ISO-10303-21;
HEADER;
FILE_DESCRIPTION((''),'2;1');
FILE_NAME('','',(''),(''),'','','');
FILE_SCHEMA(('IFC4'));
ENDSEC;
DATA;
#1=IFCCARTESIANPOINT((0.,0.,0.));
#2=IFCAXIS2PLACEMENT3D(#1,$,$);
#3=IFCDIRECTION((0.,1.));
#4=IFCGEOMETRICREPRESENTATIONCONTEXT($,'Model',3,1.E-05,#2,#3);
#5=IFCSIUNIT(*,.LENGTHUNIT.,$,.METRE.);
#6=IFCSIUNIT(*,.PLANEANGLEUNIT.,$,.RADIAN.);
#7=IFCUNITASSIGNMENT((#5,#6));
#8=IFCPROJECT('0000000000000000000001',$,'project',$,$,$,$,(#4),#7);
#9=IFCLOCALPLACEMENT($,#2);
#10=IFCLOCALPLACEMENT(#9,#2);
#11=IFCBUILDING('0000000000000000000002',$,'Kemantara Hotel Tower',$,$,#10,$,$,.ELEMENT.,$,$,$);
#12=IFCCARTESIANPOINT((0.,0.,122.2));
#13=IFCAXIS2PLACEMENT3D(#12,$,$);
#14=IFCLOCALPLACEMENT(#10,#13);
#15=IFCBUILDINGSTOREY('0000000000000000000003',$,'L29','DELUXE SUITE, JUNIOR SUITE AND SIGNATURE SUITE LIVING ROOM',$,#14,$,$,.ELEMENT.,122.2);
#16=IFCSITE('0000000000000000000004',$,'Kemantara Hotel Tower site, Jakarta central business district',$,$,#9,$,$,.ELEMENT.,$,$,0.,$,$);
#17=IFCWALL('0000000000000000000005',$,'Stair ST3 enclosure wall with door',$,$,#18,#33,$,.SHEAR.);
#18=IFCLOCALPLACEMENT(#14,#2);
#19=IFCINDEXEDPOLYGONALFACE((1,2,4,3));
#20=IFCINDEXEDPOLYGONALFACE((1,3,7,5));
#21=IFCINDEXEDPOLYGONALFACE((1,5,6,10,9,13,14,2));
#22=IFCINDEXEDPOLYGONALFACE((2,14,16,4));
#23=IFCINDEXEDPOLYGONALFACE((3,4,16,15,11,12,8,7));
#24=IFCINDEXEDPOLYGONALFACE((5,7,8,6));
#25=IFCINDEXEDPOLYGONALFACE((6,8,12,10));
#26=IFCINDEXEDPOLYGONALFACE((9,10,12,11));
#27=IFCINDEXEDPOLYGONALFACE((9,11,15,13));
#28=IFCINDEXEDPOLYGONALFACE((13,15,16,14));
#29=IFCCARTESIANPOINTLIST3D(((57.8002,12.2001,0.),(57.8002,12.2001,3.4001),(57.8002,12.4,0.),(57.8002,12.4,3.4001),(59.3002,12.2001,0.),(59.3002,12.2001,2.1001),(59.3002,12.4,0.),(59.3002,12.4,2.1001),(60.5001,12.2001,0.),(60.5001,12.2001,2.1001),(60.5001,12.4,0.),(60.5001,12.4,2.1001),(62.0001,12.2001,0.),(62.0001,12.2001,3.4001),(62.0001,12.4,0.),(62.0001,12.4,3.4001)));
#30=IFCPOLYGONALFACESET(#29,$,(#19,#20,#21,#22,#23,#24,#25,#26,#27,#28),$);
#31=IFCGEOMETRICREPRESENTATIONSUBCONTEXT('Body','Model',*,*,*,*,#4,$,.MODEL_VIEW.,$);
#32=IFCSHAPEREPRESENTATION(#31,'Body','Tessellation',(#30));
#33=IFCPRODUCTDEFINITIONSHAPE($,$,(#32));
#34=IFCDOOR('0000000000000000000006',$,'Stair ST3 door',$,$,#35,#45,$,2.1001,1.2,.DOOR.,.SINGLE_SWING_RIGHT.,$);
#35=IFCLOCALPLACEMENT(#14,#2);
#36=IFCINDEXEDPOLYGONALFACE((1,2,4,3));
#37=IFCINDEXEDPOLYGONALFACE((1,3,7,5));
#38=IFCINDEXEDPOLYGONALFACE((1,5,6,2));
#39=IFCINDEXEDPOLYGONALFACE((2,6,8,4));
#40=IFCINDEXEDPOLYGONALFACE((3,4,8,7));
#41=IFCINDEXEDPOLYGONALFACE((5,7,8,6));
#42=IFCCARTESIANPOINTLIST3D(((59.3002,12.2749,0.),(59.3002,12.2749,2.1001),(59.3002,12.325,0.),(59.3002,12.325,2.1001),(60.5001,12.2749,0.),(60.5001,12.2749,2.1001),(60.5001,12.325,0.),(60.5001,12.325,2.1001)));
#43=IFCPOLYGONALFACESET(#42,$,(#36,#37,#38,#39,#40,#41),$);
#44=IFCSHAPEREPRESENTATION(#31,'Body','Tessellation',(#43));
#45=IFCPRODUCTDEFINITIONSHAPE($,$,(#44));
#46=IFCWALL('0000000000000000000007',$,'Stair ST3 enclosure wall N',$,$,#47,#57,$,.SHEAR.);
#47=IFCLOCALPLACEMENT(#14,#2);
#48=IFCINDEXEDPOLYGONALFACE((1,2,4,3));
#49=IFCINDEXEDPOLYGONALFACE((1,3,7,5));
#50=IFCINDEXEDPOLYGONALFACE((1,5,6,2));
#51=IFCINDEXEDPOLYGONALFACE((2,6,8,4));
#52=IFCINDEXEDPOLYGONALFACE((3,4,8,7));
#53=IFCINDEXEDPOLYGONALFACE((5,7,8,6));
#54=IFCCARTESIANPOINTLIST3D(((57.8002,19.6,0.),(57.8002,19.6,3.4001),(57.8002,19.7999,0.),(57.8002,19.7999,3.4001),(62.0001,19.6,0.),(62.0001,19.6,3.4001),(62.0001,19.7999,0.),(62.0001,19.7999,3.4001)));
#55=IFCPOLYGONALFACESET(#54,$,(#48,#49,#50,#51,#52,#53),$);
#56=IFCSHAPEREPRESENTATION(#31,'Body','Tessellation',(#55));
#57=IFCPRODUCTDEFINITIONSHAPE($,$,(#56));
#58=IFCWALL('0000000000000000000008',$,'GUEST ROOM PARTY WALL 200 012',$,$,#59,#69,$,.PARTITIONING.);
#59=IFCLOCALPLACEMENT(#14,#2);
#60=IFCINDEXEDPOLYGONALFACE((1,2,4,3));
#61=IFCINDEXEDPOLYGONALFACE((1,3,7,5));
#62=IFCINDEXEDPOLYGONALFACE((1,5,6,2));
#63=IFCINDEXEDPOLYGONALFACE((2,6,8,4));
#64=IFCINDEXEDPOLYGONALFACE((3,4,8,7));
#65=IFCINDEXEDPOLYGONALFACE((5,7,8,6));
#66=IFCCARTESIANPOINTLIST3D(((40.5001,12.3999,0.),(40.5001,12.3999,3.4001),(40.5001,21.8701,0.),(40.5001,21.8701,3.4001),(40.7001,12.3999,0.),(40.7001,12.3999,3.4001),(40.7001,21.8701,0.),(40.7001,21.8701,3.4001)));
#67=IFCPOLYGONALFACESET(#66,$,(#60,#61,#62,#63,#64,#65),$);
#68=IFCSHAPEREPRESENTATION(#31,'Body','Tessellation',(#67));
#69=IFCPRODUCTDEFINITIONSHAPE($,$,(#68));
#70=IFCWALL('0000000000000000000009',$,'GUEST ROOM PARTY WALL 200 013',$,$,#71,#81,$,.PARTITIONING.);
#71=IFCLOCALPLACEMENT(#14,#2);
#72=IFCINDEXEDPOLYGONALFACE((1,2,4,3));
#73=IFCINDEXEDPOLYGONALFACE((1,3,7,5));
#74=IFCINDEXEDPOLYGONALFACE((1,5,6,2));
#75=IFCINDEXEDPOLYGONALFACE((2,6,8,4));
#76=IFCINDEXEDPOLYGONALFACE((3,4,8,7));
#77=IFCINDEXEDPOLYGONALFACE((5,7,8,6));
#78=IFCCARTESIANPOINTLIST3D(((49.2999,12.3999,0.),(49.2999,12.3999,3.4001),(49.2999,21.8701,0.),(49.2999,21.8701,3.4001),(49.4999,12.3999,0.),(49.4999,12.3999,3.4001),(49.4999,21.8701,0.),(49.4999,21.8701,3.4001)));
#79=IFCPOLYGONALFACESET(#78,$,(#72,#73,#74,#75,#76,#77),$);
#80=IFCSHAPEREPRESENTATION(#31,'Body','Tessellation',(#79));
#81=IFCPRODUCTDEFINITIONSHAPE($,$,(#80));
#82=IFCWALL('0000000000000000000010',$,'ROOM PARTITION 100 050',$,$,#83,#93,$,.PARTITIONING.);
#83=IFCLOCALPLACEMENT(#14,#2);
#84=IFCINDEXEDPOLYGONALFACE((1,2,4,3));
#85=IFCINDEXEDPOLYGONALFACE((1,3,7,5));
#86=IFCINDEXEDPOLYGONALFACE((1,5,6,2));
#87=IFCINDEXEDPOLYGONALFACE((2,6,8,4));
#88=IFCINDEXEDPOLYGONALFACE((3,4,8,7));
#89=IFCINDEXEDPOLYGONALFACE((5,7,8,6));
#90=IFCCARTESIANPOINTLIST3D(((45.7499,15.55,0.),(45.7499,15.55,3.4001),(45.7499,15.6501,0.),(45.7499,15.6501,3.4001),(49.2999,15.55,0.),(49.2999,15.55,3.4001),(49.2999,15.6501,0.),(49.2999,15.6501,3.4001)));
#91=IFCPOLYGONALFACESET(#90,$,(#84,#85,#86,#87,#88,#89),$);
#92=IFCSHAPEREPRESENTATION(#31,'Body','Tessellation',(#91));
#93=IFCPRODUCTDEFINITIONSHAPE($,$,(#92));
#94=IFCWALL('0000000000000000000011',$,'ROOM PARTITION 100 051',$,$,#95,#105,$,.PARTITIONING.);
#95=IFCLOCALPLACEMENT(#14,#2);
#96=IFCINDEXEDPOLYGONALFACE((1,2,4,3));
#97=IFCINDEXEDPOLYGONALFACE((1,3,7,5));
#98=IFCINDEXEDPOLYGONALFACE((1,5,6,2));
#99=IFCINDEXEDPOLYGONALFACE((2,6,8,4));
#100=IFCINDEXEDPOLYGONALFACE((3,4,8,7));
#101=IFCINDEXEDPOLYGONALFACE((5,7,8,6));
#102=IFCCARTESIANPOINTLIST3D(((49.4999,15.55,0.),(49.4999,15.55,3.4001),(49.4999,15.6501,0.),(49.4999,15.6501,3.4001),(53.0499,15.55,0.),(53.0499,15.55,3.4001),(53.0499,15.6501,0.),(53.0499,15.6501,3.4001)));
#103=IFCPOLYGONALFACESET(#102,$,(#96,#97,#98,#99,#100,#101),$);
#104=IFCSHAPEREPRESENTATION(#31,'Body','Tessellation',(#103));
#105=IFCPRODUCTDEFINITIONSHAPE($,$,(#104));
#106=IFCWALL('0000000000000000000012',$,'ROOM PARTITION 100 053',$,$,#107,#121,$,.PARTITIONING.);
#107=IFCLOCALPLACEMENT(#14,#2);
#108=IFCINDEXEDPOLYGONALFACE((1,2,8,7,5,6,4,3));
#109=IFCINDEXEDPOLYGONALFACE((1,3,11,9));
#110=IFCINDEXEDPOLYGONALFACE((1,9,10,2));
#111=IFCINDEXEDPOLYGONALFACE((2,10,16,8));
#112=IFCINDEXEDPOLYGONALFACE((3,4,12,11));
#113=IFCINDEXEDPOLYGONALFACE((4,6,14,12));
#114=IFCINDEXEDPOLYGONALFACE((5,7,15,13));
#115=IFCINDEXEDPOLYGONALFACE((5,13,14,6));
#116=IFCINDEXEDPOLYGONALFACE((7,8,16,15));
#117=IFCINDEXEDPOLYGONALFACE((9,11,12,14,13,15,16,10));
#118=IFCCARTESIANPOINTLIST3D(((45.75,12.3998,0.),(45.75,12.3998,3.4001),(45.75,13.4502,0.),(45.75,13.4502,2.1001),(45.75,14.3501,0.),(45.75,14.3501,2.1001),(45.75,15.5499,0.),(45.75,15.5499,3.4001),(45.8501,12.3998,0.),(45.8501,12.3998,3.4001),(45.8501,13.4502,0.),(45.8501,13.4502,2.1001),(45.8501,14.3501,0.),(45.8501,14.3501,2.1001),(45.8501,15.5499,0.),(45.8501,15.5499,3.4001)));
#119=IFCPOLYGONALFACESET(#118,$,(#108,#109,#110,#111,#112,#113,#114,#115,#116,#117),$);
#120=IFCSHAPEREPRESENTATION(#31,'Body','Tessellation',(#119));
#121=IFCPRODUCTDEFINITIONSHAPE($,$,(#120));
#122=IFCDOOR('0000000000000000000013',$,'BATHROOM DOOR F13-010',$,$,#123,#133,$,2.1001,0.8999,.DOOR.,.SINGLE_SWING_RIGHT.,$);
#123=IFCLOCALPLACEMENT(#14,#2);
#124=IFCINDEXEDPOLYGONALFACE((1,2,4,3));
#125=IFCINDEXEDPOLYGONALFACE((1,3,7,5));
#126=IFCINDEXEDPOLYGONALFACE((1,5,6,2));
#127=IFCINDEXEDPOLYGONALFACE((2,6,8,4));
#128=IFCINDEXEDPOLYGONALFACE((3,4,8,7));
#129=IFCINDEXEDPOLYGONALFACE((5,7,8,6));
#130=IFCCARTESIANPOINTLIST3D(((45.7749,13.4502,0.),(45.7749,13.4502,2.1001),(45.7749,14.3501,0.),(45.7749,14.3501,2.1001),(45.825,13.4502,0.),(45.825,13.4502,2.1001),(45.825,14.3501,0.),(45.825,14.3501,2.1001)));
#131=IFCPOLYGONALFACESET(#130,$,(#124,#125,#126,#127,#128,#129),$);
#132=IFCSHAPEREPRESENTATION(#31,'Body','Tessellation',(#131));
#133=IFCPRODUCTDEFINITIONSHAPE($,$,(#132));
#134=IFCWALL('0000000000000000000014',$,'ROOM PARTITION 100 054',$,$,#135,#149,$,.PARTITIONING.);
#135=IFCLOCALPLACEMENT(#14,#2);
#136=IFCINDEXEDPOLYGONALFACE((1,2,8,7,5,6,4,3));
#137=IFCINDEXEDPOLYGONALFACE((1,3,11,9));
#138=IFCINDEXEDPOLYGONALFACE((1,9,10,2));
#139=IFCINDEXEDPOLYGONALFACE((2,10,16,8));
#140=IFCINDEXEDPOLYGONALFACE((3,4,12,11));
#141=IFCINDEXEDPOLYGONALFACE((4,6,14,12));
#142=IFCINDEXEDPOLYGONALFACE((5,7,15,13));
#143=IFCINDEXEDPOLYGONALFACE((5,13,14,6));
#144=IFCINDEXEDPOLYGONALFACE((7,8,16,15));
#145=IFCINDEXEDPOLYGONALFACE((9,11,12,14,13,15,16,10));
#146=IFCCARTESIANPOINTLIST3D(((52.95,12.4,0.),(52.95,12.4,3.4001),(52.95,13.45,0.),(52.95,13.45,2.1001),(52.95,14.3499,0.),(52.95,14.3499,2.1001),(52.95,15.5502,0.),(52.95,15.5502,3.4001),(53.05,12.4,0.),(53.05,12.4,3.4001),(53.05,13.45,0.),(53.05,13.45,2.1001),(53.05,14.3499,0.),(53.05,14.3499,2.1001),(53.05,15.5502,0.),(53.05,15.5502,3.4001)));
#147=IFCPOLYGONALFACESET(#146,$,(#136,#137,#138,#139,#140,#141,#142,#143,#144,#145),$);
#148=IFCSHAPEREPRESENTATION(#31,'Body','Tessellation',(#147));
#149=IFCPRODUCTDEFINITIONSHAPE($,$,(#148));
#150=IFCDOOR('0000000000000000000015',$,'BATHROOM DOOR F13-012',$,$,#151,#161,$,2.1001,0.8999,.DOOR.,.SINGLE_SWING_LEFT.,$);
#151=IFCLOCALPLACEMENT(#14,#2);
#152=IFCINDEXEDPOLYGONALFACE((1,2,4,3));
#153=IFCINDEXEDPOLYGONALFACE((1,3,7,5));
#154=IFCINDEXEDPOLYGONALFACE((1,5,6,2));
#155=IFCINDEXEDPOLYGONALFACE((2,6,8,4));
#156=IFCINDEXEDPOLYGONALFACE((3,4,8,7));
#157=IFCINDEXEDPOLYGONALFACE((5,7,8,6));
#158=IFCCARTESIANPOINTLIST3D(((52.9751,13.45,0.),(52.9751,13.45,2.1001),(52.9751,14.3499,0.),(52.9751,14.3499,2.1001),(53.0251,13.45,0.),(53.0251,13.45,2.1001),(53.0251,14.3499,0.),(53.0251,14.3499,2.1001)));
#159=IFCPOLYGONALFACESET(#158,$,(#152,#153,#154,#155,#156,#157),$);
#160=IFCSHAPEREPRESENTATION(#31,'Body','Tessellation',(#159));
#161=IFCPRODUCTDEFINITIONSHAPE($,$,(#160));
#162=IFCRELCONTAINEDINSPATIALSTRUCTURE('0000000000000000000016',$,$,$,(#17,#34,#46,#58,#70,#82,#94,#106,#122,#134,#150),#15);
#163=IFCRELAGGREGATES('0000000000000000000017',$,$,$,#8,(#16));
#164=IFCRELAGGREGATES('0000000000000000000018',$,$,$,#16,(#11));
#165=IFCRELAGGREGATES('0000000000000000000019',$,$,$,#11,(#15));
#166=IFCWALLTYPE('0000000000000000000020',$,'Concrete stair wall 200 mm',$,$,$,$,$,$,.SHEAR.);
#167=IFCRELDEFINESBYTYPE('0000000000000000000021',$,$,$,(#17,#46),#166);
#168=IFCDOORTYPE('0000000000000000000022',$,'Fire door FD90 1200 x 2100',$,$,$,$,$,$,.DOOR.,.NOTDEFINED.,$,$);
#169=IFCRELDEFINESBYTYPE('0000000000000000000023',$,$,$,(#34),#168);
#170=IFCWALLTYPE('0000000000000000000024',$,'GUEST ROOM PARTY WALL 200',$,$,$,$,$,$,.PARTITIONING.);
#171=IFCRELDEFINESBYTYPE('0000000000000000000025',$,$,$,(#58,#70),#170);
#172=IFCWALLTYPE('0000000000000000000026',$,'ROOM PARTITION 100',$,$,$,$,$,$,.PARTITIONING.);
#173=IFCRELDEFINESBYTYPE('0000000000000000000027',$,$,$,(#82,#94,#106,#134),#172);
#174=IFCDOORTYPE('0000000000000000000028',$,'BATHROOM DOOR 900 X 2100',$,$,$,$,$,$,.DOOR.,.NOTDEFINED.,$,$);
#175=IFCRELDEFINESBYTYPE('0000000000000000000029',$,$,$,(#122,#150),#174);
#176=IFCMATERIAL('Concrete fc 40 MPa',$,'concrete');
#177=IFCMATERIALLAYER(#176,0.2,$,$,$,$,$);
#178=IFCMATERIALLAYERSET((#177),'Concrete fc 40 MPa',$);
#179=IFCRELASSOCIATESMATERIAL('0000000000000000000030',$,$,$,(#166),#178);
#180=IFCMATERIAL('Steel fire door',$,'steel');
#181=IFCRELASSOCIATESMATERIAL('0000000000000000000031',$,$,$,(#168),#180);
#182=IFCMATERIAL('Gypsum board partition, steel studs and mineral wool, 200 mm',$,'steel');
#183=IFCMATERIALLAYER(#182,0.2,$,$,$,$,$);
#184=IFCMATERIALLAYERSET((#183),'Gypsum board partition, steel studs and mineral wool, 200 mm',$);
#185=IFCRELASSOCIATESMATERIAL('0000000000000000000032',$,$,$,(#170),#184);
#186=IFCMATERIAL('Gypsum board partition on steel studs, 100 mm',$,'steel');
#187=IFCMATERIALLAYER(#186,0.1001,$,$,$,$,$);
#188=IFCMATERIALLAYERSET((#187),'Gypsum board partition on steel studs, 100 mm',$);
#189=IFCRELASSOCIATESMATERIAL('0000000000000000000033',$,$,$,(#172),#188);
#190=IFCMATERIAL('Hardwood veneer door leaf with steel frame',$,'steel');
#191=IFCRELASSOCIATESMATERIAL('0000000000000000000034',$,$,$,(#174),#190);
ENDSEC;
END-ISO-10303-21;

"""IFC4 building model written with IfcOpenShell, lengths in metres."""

from ifc_helpers import new_model, si_unit, direction, frame, frame_2d, origin, place, context, subcontext, project, spatial, rectangle, extrude, material, layer, layer_set, type_object, element, fill, save


model = new_model("IFC4")

# Units and contexts
model_context = context("Model", 3, precision=1e-05, world=origin(), true_north=direction((0.0, 1.0)))
body_context = subcontext(model_context, "Body", "Model", "MODEL_VIEW")
ifc_project = project(units=[si_unit("LENGTHUNIT", "METRE"), si_unit("PLANEANGLEUNIT", "RADIAN")], contexts=[model_context])

# Site, building, storey
site_placement = place(None, origin())
site = spatial("IfcSite", under=ifc_project, at=site_placement, Name="Kemantara Hotel Tower site, Jakarta central business district", CompositionType="ELEMENT", RefElevation=0.0)
building_placement = place(site_placement, origin())
building = spatial("IfcBuilding", under=site, at=building_placement, Name="Kemantara Hotel Tower", CompositionType="ELEMENT")
storey_placement = place(building_placement, frame((0.0, 0.0, 122.2)))
storey = spatial("IfcBuildingStorey", under=building, at=storey_placement, Name="L29", Description="DELUXE SUITE, JUNIOR SUITE AND SIGNATURE SUITE LIVING ROOM", CompositionType="ELEMENT", Elevation=122.2)

# Wall, opening, door
ifc_material_1 = material(Name="Gypsum board partition, steel studs and mineral wool, 200 mm", Category="steel")
ifc_material_2 = material(Name="Hardwood veneer door leaf with steel frame", Category="steel")
ifc_material_3 = material(Name="Concrete fc 40 MPa", Category="concrete")
ifc_layer_1 = layer(ifc_material_3, 0.2)
ifc_layer_set_1 = layer_set([ifc_layer_1], Name="Concrete fc 40 MPa")
wall_type_1 = type_object("IfcWallType", Name="Concrete stair wall 200 mm", PredefinedType="SHEAR", material=ifc_layer_set_1)
wall_1_placement = place(storey_placement, frame((57.8, 12.3, 0.0), z_axis=(0.0, 0.0, 1.0), x_axis=(1.0, 0.0, 0.0)))
wall_1 = element("IfcWall", 1, at=wall_1_placement, inside=storey, type_object=wall_type_1, Name="Stair ST3 enclosure wall with door", PredefinedType="SHEAR", context=body_context, shape_type="SweptSolid", body=[
    extrude(rectangle(XDim=4.2, YDim=0.2, at=frame_2d((2.1001, 0.0))), origin(), (0.0, 0.0, 1.0), 3.4001),
])
opening_1_placement = place(wall_1_placement, frame((1.5, 0.0, 0.0)))
opening_1 = element("IfcOpeningElement", 2, at=opening_1_placement, cuts=wall_1, PredefinedType="OPENING", context=body_context, shape_type="SweptSolid", body=[
    extrude(rectangle(XDim=1.2, YDim=2.1001, at=frame_2d((0.6001, 1.05))), frame((0.0, 0.1099, 0.0), z_axis=(0.0, -1.0, 0.0), x_axis=(1.0, 0.0, 0.0)), (0.0, 0.0, 1.0), 0.22),
])
ifc_material_4 = material(Name="Steel fire door", Category="steel")
door_type_1 = type_object("IfcDoorType", Name="Fire door FD90 1200 x 2100", OperationType="NOTDEFINED", PredefinedType="DOOR", material=ifc_material_4)
door_1_placement = place(opening_1_placement, origin())
door_1 = element("IfcDoor", 3, at=door_1_placement, inside=storey, type_object=door_type_1, Name="Stair ST3 door", OperationType="SINGLE_SWING_RIGHT", OverallHeight=2.1001, OverallWidth=1.2, PredefinedType="DOOR", context=body_context, shape_type="SweptSolid", body=[
    extrude(rectangle(XDim=1.2, YDim=2.1001, at=frame_2d((0.6001, 1.05))), frame((0.0, 0.0249, 0.0), z_axis=(0.0, -1.0, 0.0), x_axis=(1.0, 0.0, 0.0)), (0.0, 0.0, 1.0), 0.05),
])
fill(opening_1, door_1)

# Walls
wall_2_placement = place(storey_placement, frame((57.8, 19.7, 0.0), z_axis=(0.0, 0.0, 1.0), x_axis=(1.0, 0.0, 0.0)))
element("IfcWall", 4, at=wall_2_placement, inside=storey, type_object=wall_type_1, Name="Stair ST3 enclosure wall N", PredefinedType="SHEAR", context=body_context, shape_type="SweptSolid", body=[
    extrude(rectangle(XDim=4.2, YDim=0.2, at=frame_2d((2.1001, 0.0))), origin(), (0.0, 0.0, 1.0), 3.4001),
])
ifc_layer_2 = layer(ifc_material_1, 0.2)
ifc_layer_set_2 = layer_set([ifc_layer_2], Name="Gypsum board partition, steel studs and mineral wool, 200 mm")
wall_type_2 = type_object("IfcWallType", Name="GUEST ROOM PARTY WALL 200", PredefinedType="PARTITIONING", material=ifc_layer_set_2)
for number, where, z_axis, x_axis, name in (
    (5, (40.6001, 12.3999, 0.0), (0.0, 0.0, 1.0), (0.0, 1.0, 0.0), "GUEST ROOM PARTY WALL 200 012"),
    (6, (49.3999, 12.3999, 0.0), (0.0, 0.0, 1.0), (0.0, 1.0, 0.0), "GUEST ROOM PARTY WALL 200 013"),
):
    element("IfcWall", number, at=place(storey_placement, frame(where, z_axis=z_axis, x_axis=x_axis)), inside=storey, type_object=wall_type_2, Name=name, PredefinedType="PARTITIONING", context=body_context, shape_type="SweptSolid", body=[
        extrude(rectangle(XDim=9.4702, YDim=0.2, at=frame_2d((4.7351, 0.0))), origin(), (0.0, 0.0, 1.0), 3.4001),
    ])
ifc_material_5 = material(Name="Gypsum board partition on steel studs, 100 mm", Category="steel")
ifc_layer_3 = layer(ifc_material_5, 0.1001)
ifc_layer_set_3 = layer_set([ifc_layer_3], Name="Gypsum board partition on steel studs, 100 mm")
wall_type_3 = type_object("IfcWallType", Name="ROOM PARTITION 100", PredefinedType="PARTITIONING", material=ifc_layer_set_3)
for number, where, z_axis, x_axis, name in (
    (7, (45.75, 15.6001, 0.0), (0.0, 0.0, 1.0), (1.0, 0.0, 0.0), "ROOM PARTITION 100 050"),
    (8, (49.5, 15.6001, 0.0), (0.0, 0.0, 1.0), (1.0, 0.0, 0.0), "ROOM PARTITION 100 051"),
):
    element("IfcWall", number, at=place(storey_placement, frame(where, z_axis=z_axis, x_axis=x_axis)), inside=storey, type_object=wall_type_3, Name=name, PredefinedType="PARTITIONING", context=body_context, shape_type="SweptSolid", body=[
        extrude(rectangle(XDim=3.55, YDim=0.1001, at=frame_2d((1.7749, 0.0))), origin(), (0.0, 0.0, 1.0), 3.4001),
    ])

# Walls, openings, doors
wall_3_placement = place(storey_placement, frame((45.8, 15.55, 0.0), z_axis=(0.0, 0.0, 1.0), x_axis=(0.0, -1.0, 0.0)))
wall_3 = element("IfcWall", 9, at=wall_3_placement, inside=storey, type_object=wall_type_3, Name="ROOM PARTITION 100 053", PredefinedType="PARTITIONING", context=body_context, shape_type="SweptSolid", body=[
    extrude(rectangle(XDim=3.1501, YDim=0.1001, at=frame_2d((1.5752, 0.0))), origin(), (0.0, 0.0, 1.0), 3.4001),
])
opening_2_placement = place(wall_3_placement, frame((1.2, 0.0, 0.0)))
opening_2 = element("IfcOpeningElement", 10, at=opening_2_placement, cuts=wall_3, PredefinedType="OPENING", context=body_context, shape_type="SweptSolid", body=[
    extrude(rectangle(XDim=0.8999, YDim=2.1001, at=frame_2d((0.45, 1.05))), frame((0.0, 0.0601, 0.0), z_axis=(0.0, -1.0, 0.0), x_axis=(1.0, 0.0, 0.0)), (0.0, 0.0, 1.0), 0.1201),
])
door_type_2 = type_object("IfcDoorType", Name="BATHROOM DOOR 900 X 2100", OperationType="NOTDEFINED", PredefinedType="DOOR", material=ifc_material_2)
door_2_placement = place(opening_2_placement, origin())
door_2 = element("IfcDoor", 11, at=door_2_placement, inside=storey, type_object=door_type_2, Name="BATHROOM DOOR F13-010", OperationType="SINGLE_SWING_RIGHT", OverallHeight=2.1001, OverallWidth=0.8999, PredefinedType="DOOR", context=body_context, shape_type="SweptSolid", body=[
    extrude(rectangle(XDim=0.8999, YDim=2.1001, at=frame_2d((0.45, 1.05))), frame((0.0, 0.0249, 0.0), z_axis=(0.0, -1.0, 0.0), x_axis=(1.0, 0.0, 0.0)), (0.0, 0.0, 1.0), 0.05),
])
fill(opening_2, door_2)
wall_4_placement = place(storey_placement, frame((53.0, 12.3999, 0.0), z_axis=(0.0, 0.0, 1.0), x_axis=(0.0, 1.0, 0.0)))
wall_4 = element("IfcWall", 12, at=wall_4_placement, inside=storey, type_object=wall_type_3, Name="ROOM PARTITION 100 054", PredefinedType="PARTITIONING", context=body_context, shape_type="SweptSolid", body=[
    extrude(rectangle(XDim=3.1501, YDim=0.1001, at=frame_2d((1.5752, 0.0))), origin(), (0.0, 0.0, 1.0), 3.4001),
])
opening_3_placement = place(wall_4_placement, frame((1.05, 0.0, 0.0)))
opening_3 = element("IfcOpeningElement", 13, at=opening_3_placement, cuts=wall_4, PredefinedType="OPENING", context=body_context, shape_type="SweptSolid", body=[
    extrude(rectangle(XDim=0.8999, YDim=2.1001, at=frame_2d((0.45, 1.05))), frame((0.0, 0.0601, 0.0), z_axis=(0.0, -1.0, 0.0), x_axis=(1.0, 0.0, 0.0)), (0.0, 0.0, 1.0), 0.1201),
])
door_3_placement = place(opening_3_placement, origin())
door_3 = element("IfcDoor", 14, at=door_3_placement, inside=storey, type_object=door_type_2, Name="BATHROOM DOOR F13-012", OperationType="SINGLE_SWING_LEFT", OverallHeight=2.1001, OverallWidth=0.8999, PredefinedType="DOOR", context=body_context, shape_type="SweptSolid", body=[
    extrude(rectangle(XDim=0.8999, YDim=2.1001, at=frame_2d((0.45, 1.05))), frame((0.0, 0.0249, 0.0), z_axis=(0.0, -1.0, 0.0), x_axis=(1.0, 0.0, 0.0)), (0.0, 0.0, 1.0), 0.05),
])
fill(opening_3, door_3)

save(model, "model.ifc")
